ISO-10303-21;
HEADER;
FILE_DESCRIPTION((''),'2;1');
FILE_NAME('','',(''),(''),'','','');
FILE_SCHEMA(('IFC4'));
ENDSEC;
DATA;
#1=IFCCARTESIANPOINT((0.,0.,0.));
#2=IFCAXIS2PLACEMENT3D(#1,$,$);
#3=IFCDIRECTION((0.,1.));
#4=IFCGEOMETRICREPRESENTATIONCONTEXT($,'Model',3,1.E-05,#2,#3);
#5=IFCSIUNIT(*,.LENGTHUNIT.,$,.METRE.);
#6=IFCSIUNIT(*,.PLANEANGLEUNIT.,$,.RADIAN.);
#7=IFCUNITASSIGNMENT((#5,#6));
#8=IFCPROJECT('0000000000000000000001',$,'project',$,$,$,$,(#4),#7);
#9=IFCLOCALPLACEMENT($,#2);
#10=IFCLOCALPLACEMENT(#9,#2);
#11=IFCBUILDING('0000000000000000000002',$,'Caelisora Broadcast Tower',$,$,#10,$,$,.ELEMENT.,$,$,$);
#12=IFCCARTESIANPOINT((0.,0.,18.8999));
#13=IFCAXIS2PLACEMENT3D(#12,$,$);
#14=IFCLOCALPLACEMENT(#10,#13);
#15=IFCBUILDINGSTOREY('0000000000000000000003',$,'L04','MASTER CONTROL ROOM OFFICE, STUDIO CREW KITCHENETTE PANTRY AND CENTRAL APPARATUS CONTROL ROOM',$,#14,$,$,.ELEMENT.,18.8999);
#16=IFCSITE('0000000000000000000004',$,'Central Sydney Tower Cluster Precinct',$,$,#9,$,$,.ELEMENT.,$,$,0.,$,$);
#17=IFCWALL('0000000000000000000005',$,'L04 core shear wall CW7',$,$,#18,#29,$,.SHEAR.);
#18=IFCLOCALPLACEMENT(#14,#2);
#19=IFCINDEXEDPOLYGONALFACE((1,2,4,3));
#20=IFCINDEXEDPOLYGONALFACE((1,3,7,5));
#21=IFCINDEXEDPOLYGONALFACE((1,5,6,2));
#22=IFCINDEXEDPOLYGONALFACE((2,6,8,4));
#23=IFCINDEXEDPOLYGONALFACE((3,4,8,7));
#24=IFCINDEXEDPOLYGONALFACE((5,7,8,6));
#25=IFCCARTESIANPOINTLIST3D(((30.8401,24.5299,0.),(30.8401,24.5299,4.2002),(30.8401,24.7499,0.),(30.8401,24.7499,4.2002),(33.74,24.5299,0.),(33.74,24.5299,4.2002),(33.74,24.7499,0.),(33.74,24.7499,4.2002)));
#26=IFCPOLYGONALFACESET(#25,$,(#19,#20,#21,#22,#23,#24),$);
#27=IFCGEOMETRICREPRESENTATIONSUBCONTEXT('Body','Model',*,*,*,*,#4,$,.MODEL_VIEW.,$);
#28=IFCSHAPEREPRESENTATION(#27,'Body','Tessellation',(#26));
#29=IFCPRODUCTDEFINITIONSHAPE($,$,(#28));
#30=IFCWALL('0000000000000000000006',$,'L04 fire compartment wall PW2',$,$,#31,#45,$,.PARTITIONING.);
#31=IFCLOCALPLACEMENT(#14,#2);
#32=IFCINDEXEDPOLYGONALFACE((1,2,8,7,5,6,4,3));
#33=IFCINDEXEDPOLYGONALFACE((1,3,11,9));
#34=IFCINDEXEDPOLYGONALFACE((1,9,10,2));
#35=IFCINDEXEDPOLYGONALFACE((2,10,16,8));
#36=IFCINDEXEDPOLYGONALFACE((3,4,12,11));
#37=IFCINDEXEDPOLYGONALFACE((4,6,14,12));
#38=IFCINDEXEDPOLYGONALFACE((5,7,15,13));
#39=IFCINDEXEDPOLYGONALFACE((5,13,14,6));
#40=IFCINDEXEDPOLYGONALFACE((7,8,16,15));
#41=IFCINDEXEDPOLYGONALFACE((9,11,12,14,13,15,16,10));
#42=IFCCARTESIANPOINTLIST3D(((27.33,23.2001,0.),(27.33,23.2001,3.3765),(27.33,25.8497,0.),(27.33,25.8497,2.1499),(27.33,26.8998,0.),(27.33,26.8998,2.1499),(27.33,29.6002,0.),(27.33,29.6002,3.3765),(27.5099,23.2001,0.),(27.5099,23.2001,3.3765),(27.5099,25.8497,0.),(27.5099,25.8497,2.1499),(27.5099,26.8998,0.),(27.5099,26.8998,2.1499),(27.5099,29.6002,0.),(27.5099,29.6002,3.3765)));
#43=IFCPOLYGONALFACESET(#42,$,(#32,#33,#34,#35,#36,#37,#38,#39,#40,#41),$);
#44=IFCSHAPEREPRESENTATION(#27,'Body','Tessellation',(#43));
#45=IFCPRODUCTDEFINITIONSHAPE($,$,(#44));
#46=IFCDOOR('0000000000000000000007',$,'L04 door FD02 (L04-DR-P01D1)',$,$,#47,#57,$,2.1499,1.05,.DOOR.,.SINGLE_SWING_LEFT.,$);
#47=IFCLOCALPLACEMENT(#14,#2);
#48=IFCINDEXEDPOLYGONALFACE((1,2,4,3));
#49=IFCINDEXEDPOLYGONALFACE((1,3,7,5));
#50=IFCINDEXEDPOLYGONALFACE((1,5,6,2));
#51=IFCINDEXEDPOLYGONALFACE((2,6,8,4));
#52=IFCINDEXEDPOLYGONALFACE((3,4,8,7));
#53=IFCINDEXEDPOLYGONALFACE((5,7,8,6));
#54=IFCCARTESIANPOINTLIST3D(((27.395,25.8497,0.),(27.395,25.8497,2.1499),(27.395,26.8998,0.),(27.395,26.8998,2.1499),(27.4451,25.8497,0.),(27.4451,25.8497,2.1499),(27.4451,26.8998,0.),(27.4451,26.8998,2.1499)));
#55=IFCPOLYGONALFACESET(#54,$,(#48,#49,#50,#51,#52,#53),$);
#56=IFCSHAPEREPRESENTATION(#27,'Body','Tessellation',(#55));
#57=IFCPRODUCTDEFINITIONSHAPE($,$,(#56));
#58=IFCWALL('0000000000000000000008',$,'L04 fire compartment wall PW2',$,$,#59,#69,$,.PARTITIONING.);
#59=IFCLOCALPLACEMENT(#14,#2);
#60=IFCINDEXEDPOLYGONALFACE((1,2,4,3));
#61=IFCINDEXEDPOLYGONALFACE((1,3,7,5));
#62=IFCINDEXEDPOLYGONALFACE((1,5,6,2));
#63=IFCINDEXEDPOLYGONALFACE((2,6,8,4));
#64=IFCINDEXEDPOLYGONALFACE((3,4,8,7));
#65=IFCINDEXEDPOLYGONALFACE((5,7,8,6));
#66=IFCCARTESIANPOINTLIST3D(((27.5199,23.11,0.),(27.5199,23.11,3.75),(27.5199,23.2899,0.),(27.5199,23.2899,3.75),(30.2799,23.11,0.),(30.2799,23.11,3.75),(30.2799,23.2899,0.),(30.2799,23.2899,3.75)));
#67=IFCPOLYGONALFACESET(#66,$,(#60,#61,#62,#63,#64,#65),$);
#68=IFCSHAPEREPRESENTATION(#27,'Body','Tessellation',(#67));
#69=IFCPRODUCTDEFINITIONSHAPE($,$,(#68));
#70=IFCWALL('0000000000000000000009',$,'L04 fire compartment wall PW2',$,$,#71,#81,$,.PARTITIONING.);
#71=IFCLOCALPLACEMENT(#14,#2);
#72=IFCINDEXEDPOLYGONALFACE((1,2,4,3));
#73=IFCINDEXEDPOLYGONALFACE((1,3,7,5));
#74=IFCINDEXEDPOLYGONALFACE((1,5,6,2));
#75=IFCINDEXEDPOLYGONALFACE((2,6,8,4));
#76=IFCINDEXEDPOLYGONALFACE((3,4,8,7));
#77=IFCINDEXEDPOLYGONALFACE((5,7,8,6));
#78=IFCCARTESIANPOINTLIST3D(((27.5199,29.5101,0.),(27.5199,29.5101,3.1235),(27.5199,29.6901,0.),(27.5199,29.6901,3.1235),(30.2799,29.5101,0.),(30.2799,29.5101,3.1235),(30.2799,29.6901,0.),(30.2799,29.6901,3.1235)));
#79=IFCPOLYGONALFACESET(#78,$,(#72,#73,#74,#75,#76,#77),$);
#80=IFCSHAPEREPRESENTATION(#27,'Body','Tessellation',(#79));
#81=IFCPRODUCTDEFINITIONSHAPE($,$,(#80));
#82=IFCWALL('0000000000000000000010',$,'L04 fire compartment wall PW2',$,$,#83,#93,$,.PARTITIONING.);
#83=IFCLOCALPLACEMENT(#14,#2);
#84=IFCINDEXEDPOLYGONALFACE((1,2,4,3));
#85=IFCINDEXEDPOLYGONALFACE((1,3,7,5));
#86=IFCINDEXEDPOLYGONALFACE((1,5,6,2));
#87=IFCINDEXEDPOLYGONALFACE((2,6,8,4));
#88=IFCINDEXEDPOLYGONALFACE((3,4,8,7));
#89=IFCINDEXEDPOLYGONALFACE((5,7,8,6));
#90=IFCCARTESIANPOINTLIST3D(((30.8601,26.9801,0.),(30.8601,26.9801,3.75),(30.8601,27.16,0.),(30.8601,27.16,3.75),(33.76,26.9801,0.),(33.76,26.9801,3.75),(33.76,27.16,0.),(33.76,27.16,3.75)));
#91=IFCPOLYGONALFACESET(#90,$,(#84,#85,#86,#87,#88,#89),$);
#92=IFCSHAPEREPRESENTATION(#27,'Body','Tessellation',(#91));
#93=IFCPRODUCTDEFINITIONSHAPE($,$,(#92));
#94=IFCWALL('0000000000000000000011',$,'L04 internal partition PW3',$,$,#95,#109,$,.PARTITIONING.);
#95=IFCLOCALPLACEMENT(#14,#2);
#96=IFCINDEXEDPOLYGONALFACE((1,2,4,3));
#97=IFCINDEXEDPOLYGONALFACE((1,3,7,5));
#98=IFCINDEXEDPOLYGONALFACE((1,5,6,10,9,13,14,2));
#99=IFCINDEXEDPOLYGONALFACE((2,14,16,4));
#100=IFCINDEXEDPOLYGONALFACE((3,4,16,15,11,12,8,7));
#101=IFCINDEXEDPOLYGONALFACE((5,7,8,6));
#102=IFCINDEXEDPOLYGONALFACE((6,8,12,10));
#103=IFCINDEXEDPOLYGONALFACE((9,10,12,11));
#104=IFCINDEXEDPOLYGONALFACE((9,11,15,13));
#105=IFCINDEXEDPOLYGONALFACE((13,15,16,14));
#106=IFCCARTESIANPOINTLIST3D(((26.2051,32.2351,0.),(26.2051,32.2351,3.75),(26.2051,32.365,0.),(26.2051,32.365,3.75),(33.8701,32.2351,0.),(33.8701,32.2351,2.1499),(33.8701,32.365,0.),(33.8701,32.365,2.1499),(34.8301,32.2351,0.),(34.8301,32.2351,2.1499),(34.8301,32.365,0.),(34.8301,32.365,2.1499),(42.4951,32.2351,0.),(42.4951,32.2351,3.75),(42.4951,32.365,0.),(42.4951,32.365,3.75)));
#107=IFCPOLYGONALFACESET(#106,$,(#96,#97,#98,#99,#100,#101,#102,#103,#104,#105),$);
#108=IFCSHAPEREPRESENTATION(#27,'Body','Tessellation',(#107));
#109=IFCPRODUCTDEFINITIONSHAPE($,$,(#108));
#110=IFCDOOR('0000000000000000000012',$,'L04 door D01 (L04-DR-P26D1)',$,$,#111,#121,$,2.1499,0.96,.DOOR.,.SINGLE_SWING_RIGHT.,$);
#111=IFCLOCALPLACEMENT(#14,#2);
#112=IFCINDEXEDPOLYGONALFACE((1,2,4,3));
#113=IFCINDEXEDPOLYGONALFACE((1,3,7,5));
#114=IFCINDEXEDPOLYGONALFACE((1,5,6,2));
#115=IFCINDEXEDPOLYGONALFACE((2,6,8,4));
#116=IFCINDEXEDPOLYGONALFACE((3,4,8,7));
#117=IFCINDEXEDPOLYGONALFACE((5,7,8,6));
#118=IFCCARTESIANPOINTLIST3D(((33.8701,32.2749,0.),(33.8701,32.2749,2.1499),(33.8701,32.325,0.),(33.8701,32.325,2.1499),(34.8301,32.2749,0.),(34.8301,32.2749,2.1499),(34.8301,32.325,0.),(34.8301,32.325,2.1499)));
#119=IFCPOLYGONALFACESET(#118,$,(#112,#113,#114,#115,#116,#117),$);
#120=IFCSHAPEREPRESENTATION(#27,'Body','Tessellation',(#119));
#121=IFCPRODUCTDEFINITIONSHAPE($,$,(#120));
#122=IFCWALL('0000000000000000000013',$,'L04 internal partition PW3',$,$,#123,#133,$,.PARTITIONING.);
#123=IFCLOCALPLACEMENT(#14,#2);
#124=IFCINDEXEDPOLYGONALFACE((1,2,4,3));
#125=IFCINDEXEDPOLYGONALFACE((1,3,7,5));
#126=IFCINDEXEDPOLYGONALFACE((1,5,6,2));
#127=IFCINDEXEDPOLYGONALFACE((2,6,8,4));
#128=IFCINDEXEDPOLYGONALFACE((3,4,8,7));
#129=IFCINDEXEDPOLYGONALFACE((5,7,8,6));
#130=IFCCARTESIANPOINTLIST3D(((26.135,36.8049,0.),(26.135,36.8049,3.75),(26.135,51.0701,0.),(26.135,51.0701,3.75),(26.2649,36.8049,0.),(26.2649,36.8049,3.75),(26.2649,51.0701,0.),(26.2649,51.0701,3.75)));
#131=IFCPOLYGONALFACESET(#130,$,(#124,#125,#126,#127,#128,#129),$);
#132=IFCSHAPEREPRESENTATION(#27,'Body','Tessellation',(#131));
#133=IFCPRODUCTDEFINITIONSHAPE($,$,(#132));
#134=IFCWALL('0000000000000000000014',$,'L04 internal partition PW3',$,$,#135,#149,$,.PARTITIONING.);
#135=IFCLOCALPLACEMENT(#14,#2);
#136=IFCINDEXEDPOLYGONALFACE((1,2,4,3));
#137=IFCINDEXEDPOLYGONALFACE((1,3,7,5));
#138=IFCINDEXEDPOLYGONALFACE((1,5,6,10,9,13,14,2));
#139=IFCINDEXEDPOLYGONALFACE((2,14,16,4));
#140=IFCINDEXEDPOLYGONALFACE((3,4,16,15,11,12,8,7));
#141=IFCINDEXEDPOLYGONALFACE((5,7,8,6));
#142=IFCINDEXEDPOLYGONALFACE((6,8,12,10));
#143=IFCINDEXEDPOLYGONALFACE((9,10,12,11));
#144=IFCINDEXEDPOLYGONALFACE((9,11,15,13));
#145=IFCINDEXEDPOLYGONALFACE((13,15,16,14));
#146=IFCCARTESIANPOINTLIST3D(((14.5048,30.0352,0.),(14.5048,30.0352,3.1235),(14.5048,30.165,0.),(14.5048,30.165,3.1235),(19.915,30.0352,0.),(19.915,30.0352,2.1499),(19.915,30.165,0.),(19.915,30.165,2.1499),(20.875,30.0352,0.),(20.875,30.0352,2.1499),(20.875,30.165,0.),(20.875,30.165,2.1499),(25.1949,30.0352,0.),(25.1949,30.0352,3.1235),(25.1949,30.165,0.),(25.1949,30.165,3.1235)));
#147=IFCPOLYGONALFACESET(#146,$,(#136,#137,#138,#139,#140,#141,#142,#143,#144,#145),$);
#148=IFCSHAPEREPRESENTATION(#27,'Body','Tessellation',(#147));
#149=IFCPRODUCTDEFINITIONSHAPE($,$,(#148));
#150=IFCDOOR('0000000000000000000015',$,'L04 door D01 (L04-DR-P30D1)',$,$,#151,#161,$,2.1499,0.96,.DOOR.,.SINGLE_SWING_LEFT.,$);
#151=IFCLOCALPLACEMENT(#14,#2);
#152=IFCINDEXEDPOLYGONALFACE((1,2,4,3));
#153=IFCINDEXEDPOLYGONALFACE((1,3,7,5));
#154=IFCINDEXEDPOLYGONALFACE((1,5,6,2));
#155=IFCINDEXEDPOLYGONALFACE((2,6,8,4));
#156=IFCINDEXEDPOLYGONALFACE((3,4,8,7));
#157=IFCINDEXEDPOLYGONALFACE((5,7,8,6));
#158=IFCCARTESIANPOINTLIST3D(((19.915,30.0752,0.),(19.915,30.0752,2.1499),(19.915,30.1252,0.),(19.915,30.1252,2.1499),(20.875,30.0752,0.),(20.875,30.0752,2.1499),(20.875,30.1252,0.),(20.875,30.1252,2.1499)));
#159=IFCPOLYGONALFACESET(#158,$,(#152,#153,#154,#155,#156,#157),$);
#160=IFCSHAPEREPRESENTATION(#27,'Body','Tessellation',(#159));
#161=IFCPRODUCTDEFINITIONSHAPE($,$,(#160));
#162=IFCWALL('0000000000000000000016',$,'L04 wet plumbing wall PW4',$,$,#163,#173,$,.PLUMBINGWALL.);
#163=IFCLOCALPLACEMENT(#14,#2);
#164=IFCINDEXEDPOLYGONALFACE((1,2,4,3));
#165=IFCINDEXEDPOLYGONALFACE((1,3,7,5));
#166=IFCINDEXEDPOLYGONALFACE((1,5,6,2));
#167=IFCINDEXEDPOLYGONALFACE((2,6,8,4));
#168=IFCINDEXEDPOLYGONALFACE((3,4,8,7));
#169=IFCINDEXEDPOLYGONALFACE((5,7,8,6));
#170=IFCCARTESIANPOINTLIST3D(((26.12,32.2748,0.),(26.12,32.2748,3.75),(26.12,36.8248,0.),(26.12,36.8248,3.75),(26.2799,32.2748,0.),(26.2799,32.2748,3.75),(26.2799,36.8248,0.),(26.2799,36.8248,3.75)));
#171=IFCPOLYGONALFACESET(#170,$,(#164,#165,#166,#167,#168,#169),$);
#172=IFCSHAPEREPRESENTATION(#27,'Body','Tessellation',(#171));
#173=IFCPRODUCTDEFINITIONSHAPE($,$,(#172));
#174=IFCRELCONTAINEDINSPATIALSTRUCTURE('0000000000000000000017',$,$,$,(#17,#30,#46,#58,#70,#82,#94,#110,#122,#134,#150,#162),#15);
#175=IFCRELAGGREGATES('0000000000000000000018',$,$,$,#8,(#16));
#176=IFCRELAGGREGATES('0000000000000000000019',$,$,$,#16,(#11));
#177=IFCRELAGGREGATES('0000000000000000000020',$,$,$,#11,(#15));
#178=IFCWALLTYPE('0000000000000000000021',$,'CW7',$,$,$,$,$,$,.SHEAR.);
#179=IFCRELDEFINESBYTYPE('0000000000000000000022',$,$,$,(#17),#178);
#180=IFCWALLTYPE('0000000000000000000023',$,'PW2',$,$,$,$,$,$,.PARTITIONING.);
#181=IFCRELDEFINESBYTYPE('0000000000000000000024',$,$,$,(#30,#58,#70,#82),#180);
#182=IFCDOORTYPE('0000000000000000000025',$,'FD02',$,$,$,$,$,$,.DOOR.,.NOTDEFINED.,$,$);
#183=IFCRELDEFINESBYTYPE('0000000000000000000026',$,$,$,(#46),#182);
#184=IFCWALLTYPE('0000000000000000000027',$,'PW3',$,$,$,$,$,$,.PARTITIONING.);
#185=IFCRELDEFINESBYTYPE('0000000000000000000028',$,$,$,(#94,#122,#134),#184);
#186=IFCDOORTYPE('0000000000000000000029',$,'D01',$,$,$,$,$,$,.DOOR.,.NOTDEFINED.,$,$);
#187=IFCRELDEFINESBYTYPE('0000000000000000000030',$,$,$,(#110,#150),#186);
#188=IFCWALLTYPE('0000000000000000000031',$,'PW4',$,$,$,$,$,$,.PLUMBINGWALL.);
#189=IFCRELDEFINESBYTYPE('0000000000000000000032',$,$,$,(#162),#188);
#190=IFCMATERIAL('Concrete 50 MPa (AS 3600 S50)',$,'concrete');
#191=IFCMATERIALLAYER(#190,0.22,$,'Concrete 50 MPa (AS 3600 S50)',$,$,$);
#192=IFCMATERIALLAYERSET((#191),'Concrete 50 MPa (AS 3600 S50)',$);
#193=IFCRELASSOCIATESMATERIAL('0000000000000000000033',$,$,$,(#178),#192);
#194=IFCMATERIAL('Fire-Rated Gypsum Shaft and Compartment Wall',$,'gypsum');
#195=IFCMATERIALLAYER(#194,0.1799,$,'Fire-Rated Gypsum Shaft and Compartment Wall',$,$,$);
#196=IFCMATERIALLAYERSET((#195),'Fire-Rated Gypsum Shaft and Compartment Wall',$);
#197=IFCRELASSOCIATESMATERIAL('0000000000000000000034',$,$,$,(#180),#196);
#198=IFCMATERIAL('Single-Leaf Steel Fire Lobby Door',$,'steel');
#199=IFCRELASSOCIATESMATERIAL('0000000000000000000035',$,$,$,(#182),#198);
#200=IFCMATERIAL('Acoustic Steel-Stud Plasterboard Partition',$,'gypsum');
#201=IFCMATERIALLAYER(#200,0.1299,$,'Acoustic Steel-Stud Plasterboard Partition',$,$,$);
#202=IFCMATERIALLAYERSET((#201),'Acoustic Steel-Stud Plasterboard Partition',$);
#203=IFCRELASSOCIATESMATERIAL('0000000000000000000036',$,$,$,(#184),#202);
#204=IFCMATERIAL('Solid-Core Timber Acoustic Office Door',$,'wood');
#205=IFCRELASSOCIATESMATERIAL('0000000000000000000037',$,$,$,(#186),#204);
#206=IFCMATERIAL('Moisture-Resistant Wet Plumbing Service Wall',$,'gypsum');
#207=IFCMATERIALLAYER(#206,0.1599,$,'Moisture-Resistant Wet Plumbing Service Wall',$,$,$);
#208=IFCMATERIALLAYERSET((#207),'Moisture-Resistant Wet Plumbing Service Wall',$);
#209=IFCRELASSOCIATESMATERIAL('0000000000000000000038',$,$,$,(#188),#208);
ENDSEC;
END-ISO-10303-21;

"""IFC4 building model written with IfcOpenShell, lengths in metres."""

from ifc_helpers import new_model, si_unit, direction, frame, frame_2d, origin, place, context, subcontext, project, spatial, rectangle, extrude, material, layer, layer_set, type_object, element, fill, save


model = new_model("IFC4")

# Units and contexts
model_context = context("Model", 3, precision=1e-05, world=origin(), true_north=direction((0.0, 1.0)))
body_context = subcontext(model_context, "Body", "Model", "MODEL_VIEW")
ifc_project = project(units=[si_unit("LENGTHUNIT", "METRE"), si_unit("PLANEANGLEUNIT", "RADIAN")], contexts=[model_context])

# Site, building, storey
site_placement = place(None, origin())
site = spatial("IfcSite", under=ifc_project, at=site_placement, Name="Central Sydney Tower Cluster Precinct", CompositionType="ELEMENT", RefElevation=0.0)
building_placement = place(site_placement, origin())
building = spatial("IfcBuilding", under=site, at=building_placement, Name="Caelisora Broadcast Tower", CompositionType="ELEMENT")
storey_placement = place(building_placement, frame((0.0, 0.0, 18.8999)))
storey = spatial("IfcBuildingStorey", under=building, at=storey_placement, Name="L04", Description="MASTER CONTROL ROOM OFFICE, STUDIO CREW KITCHENETTE PANTRY AND CENTRAL APPARATUS CONTROL ROOM", CompositionType="ELEMENT", Elevation=18.8999)

# Wall
ifc_material_1 = material(Name="Concrete 50 MPa (AS 3600 S50)", Category="concrete")
ifc_layer_1 = layer(ifc_material_1, 0.22, Name="Concrete 50 MPa (AS 3600 S50)")
ifc_layer_set_1 = layer_set([ifc_layer_1], Name="Concrete 50 MPa (AS 3600 S50)")
wall_type_1 = type_object("IfcWallType", Name="CW7", PredefinedType="SHEAR", material=ifc_layer_set_1)
wall_1_placement = place(storey_placement, frame((30.8401, 24.6399, 0.0), z_axis=(0.0, 0.0, 1.0), x_axis=(1.0, 0.0, 0.0)))
element("IfcWall", 1, at=wall_1_placement, inside=storey, type_object=wall_type_1, Name="L04 core shear wall CW7", PredefinedType="SHEAR", context=body_context, shape_type="SweptSolid", body=[
    extrude(rectangle(XDim=2.8999, YDim=0.22, at=frame_2d((1.45, 0.0))), origin(), (0.0, 0.0, 1.0), 4.2002),
])

# Wall, opening, door
ifc_material_2 = material(Name="Fire-Rated Gypsum Shaft and Compartment Wall", Category="gypsum")
ifc_layer_2 = layer(ifc_material_2, 0.1799, Name="Fire-Rated Gypsum Shaft and Compartment Wall")
ifc_layer_set_2 = layer_set([ifc_layer_2], Name="Fire-Rated Gypsum Shaft and Compartment Wall")
wall_type_2 = type_object("IfcWallType", Name="PW2", PredefinedType="PARTITIONING", material=ifc_layer_set_2)
wall_2_placement = place(storey_placement, frame((27.4199, 23.2, 0.0), z_axis=(0.0, 0.0, 1.0), x_axis=(0.0, 1.0, 0.0)))
wall_2 = element("IfcWall", 2, at=wall_2_placement, inside=storey, type_object=wall_type_2, Name="L04 fire compartment wall PW2", PredefinedType="PARTITIONING", context=body_context, shape_type="SweptSolid", body=[
    extrude(rectangle(XDim=6.4001, YDim=0.1799, at=frame_2d((3.2002, 0.0))), origin(), (0.0, 0.0, 1.0), 3.3765),
])
opening_1_placement = place(wall_2_placement, frame((2.6499, 0.0, 0.0)))
opening_1 = element("IfcOpeningElement", 3, at=opening_1_placement, cuts=wall_2, PredefinedType="OPENING", context=body_context, shape_type="SweptSolid", body=[
    extrude(rectangle(XDim=1.05, YDim=2.1499, at=frame_2d((0.5249, 1.075))), frame((0.0, 0.1021, 0.0), z_axis=(0.0, -1.0, 0.0), x_axis=(1.0, 0.0, 0.0)), (0.0, 0.0, 1.0), 0.2039),
])
ifc_material_3 = material(Name="Single-Leaf Steel Fire Lobby Door", Category="steel")
door_type_1 = type_object("IfcDoorType", Name="FD02", OperationType="NOTDEFINED", PredefinedType="DOOR", material=ifc_material_3)
door_1_placement = place(opening_1_placement, origin())
door_1 = element("IfcDoor", 4, at=door_1_placement, inside=storey, type_object=door_type_1, Name="L04 door FD02 (L04-DR-P01D1)", OperationType="SINGLE_SWING_LEFT", OverallHeight=2.1499, OverallWidth=1.05, PredefinedType="DOOR", context=body_context, shape_type="SweptSolid", body=[
    extrude(rectangle(XDim=1.05, YDim=2.1499, at=frame_2d((0.5249, 1.075))), frame((0.0, 0.0249, 0.0), z_axis=(0.0, -1.0, 0.0), x_axis=(1.0, 0.0, 0.0)), (0.0, 0.0, 1.0), 0.05),
])
fill(opening_1, door_1)

# Walls
wall_3_placement = place(storey_placement, frame((27.52, 23.2, 0.0), z_axis=(0.0, 0.0, 1.0), x_axis=(1.0, 0.0, 0.0)))
element("IfcWall", 5, at=wall_3_placement, inside=storey, type_object=wall_type_2, Name="L04 fire compartment wall PW2", PredefinedType="PARTITIONING", context=body_context, shape_type="SweptSolid", body=[
    extrude(rectangle(XDim=2.76, YDim=0.1799, at=frame_2d((1.3799, 0.0))), origin(), (0.0, 0.0, 1.0), 3.75),
])
wall_4_placement = place(storey_placement, frame((27.52, 29.6001, 0.0), z_axis=(0.0, 0.0, 1.0), x_axis=(1.0, 0.0, 0.0)))
element("IfcWall", 6, at=wall_4_placement, inside=storey, type_object=wall_type_2, Name="L04 fire compartment wall PW2", PredefinedType="PARTITIONING", context=body_context, shape_type="SweptSolid", body=[
    extrude(rectangle(XDim=2.76, YDim=0.1799, at=frame_2d((1.3799, 0.0))), origin(), (0.0, 0.0, 1.0), 3.1235),
])
wall_5_placement = place(storey_placement, frame((30.8601, 27.0701, 0.0), z_axis=(0.0, 0.0, 1.0), x_axis=(1.0, 0.0, 0.0)))
element("IfcWall", 7, at=wall_5_placement, inside=storey, type_object=wall_type_2, Name="L04 fire compartment wall PW2", PredefinedType="PARTITIONING", context=body_context, shape_type="SweptSolid", body=[
    extrude(rectangle(XDim=2.8999, YDim=0.1799, at=frame_2d((1.45, 0.0))), origin(), (0.0, 0.0, 1.0), 3.75),
])

# Wall, opening, door
ifc_material_4 = material(Name="Acoustic Steel-Stud Plasterboard Partition", Category="gypsum")
ifc_layer_3 = layer(ifc_material_4, 0.1299, Name="Acoustic Steel-Stud Plasterboard Partition")
ifc_layer_set_3 = layer_set([ifc_layer_3], Name="Acoustic Steel-Stud Plasterboard Partition")
wall_type_3 = type_object("IfcWallType", Name="PW3", PredefinedType="PARTITIONING", material=ifc_layer_set_3)
wall_6_placement = place(storey_placement, frame((26.2051, 32.3, 0.0), z_axis=(0.0, 0.0, 1.0), x_axis=(1.0, 0.0, 0.0)))
wall_6 = element("IfcWall", 8, at=wall_6_placement, inside=storey, type_object=wall_type_3, Name="L04 internal partition PW3", PredefinedType="PARTITIONING", context=body_context, shape_type="SweptSolid", body=[
    extrude(rectangle(XDim=16.29, YDim=0.1299, at=frame_2d((8.145, 0.0))), origin(), (0.0, 0.0, 1.0), 3.75),
])
opening_2_placement = place(wall_6_placement, frame((7.665, 0.0, 0.0)))
opening_2 = element("IfcOpeningElement", 9, at=opening_2_placement, cuts=wall_6, PredefinedType="OPENING", context=body_context, shape_type="SweptSolid", body=[
    extrude(rectangle(XDim=0.96, YDim=2.1499, at=frame_2d((0.48, 1.075))), frame((0.0, 0.0769, 0.0), z_axis=(0.0, -1.0, 0.0), x_axis=(1.0, 0.0, 0.0)), (0.0, 0.0, 1.0), 0.1538),
])
ifc_material_5 = material(Name="Solid-Core Timber Acoustic Office Door", Category="wood")
door_type_2 = type_object("IfcDoorType", Name="D01", OperationType="NOTDEFINED", PredefinedType="DOOR", material=ifc_material_5)
door_2_placement = place(opening_2_placement, origin())
door_2 = element("IfcDoor", 10, at=door_2_placement, inside=storey, type_object=door_type_2, Name="L04 door D01 (L04-DR-P26D1)", OperationType="SINGLE_SWING_RIGHT", OverallHeight=2.1499, OverallWidth=0.96, PredefinedType="DOOR", context=body_context, shape_type="SweptSolid", body=[
    extrude(rectangle(XDim=0.96, YDim=2.1499, at=frame_2d((0.48, 1.075))), frame((0.0, 0.0249, 0.0), z_axis=(0.0, -1.0, 0.0), x_axis=(1.0, 0.0, 0.0)), (0.0, 0.0, 1.0), 0.05),
])
fill(opening_2, door_2)

# Wall
wall_7_placement = place(storey_placement, frame((26.2, 36.8049, 0.0), z_axis=(0.0, 0.0, 1.0), x_axis=(0.0, 1.0, 0.0)))
element("IfcWall", 11, at=wall_7_placement, inside=storey, type_object=wall_type_3, Name="L04 internal partition PW3", PredefinedType="PARTITIONING", context=body_context, shape_type="SweptSolid", body=[
    extrude(rectangle(XDim=14.2651, YDim=0.1299, at=frame_2d((7.1326, 0.0))), origin(), (0.0, 0.0, 1.0), 3.75),
])

# Wall, opening, door
wall_8_placement = place(storey_placement, frame((25.1951, 30.1001, 0.0), z_axis=(0.0, 0.0, 1.0), x_axis=(-1.0, 0.0, 0.0)))
wall_8 = element("IfcWall", 12, at=wall_8_placement, inside=storey, type_object=wall_type_3, Name="L04 internal partition PW3", PredefinedType="PARTITIONING", context=body_context, shape_type="SweptSolid", body=[
    extrude(rectangle(XDim=10.6902, YDim=0.1299, at=frame_2d((5.3452, 0.0))), origin(), (0.0, 0.0, 1.0), 3.1235),
])
opening_3_placement = place(wall_8_placement, frame((4.3201, 0.0, 0.0)))
opening_3 = element("IfcOpeningElement", 13, at=opening_3_placement, cuts=wall_8, PredefinedType="OPENING", context=body_context, shape_type="SweptSolid", body=[
    extrude(rectangle(XDim=0.96, YDim=2.1499, at=frame_2d((0.48, 1.075))), frame((0.0, 0.0769, 0.0), z_axis=(0.0, -1.0, 0.0), x_axis=(1.0, 0.0, 0.0)), (0.0, 0.0, 1.0), 0.1538),
])
door_3_placement = place(opening_3_placement, origin())
door_3 = element("IfcDoor", 14, at=door_3_placement, inside=storey, type_object=door_type_2, Name="L04 door D01 (L04-DR-P30D1)", OperationType="SINGLE_SWING_LEFT", OverallHeight=2.1499, OverallWidth=0.96, PredefinedType="DOOR", context=body_context, shape_type="SweptSolid", body=[
    extrude(rectangle(XDim=0.96, YDim=2.1499, at=frame_2d((0.48, 1.075))), frame((0.0, 0.0249, 0.0), z_axis=(0.0, -1.0, 0.0), x_axis=(1.0, 0.0, 0.0)), (0.0, 0.0, 1.0), 0.05),
])
fill(opening_3, door_3)

# Wall
ifc_material_6 = material(Name="Moisture-Resistant Wet Plumbing Service Wall", Category="gypsum")
ifc_layer_4 = layer(ifc_material_6, 0.1599, Name="Moisture-Resistant Wet Plumbing Service Wall")
ifc_layer_set_4 = layer_set([ifc_layer_4], Name="Moisture-Resistant Wet Plumbing Service Wall")
wall_type_4 = type_object("IfcWallType", Name="PW4", PredefinedType="PLUMBINGWALL", material=ifc_layer_set_4)
wall_9_placement = place(storey_placement, frame((26.2, 32.2749, 0.0), z_axis=(0.0, 0.0, 1.0), x_axis=(0.0, 1.0, 0.0)))
element("IfcWall", 15, at=wall_9_placement, inside=storey, type_object=wall_type_4, Name="L04 wet plumbing wall PW4", PredefinedType="PLUMBINGWALL", context=body_context, shape_type="SweptSolid", body=[
    extrude(rectangle(XDim=4.55, YDim=0.1599, at=frame_2d((2.2749, 0.0))), origin(), (0.0, 0.0, 1.0), 3.75),
])

save(model, "model.ifc")
